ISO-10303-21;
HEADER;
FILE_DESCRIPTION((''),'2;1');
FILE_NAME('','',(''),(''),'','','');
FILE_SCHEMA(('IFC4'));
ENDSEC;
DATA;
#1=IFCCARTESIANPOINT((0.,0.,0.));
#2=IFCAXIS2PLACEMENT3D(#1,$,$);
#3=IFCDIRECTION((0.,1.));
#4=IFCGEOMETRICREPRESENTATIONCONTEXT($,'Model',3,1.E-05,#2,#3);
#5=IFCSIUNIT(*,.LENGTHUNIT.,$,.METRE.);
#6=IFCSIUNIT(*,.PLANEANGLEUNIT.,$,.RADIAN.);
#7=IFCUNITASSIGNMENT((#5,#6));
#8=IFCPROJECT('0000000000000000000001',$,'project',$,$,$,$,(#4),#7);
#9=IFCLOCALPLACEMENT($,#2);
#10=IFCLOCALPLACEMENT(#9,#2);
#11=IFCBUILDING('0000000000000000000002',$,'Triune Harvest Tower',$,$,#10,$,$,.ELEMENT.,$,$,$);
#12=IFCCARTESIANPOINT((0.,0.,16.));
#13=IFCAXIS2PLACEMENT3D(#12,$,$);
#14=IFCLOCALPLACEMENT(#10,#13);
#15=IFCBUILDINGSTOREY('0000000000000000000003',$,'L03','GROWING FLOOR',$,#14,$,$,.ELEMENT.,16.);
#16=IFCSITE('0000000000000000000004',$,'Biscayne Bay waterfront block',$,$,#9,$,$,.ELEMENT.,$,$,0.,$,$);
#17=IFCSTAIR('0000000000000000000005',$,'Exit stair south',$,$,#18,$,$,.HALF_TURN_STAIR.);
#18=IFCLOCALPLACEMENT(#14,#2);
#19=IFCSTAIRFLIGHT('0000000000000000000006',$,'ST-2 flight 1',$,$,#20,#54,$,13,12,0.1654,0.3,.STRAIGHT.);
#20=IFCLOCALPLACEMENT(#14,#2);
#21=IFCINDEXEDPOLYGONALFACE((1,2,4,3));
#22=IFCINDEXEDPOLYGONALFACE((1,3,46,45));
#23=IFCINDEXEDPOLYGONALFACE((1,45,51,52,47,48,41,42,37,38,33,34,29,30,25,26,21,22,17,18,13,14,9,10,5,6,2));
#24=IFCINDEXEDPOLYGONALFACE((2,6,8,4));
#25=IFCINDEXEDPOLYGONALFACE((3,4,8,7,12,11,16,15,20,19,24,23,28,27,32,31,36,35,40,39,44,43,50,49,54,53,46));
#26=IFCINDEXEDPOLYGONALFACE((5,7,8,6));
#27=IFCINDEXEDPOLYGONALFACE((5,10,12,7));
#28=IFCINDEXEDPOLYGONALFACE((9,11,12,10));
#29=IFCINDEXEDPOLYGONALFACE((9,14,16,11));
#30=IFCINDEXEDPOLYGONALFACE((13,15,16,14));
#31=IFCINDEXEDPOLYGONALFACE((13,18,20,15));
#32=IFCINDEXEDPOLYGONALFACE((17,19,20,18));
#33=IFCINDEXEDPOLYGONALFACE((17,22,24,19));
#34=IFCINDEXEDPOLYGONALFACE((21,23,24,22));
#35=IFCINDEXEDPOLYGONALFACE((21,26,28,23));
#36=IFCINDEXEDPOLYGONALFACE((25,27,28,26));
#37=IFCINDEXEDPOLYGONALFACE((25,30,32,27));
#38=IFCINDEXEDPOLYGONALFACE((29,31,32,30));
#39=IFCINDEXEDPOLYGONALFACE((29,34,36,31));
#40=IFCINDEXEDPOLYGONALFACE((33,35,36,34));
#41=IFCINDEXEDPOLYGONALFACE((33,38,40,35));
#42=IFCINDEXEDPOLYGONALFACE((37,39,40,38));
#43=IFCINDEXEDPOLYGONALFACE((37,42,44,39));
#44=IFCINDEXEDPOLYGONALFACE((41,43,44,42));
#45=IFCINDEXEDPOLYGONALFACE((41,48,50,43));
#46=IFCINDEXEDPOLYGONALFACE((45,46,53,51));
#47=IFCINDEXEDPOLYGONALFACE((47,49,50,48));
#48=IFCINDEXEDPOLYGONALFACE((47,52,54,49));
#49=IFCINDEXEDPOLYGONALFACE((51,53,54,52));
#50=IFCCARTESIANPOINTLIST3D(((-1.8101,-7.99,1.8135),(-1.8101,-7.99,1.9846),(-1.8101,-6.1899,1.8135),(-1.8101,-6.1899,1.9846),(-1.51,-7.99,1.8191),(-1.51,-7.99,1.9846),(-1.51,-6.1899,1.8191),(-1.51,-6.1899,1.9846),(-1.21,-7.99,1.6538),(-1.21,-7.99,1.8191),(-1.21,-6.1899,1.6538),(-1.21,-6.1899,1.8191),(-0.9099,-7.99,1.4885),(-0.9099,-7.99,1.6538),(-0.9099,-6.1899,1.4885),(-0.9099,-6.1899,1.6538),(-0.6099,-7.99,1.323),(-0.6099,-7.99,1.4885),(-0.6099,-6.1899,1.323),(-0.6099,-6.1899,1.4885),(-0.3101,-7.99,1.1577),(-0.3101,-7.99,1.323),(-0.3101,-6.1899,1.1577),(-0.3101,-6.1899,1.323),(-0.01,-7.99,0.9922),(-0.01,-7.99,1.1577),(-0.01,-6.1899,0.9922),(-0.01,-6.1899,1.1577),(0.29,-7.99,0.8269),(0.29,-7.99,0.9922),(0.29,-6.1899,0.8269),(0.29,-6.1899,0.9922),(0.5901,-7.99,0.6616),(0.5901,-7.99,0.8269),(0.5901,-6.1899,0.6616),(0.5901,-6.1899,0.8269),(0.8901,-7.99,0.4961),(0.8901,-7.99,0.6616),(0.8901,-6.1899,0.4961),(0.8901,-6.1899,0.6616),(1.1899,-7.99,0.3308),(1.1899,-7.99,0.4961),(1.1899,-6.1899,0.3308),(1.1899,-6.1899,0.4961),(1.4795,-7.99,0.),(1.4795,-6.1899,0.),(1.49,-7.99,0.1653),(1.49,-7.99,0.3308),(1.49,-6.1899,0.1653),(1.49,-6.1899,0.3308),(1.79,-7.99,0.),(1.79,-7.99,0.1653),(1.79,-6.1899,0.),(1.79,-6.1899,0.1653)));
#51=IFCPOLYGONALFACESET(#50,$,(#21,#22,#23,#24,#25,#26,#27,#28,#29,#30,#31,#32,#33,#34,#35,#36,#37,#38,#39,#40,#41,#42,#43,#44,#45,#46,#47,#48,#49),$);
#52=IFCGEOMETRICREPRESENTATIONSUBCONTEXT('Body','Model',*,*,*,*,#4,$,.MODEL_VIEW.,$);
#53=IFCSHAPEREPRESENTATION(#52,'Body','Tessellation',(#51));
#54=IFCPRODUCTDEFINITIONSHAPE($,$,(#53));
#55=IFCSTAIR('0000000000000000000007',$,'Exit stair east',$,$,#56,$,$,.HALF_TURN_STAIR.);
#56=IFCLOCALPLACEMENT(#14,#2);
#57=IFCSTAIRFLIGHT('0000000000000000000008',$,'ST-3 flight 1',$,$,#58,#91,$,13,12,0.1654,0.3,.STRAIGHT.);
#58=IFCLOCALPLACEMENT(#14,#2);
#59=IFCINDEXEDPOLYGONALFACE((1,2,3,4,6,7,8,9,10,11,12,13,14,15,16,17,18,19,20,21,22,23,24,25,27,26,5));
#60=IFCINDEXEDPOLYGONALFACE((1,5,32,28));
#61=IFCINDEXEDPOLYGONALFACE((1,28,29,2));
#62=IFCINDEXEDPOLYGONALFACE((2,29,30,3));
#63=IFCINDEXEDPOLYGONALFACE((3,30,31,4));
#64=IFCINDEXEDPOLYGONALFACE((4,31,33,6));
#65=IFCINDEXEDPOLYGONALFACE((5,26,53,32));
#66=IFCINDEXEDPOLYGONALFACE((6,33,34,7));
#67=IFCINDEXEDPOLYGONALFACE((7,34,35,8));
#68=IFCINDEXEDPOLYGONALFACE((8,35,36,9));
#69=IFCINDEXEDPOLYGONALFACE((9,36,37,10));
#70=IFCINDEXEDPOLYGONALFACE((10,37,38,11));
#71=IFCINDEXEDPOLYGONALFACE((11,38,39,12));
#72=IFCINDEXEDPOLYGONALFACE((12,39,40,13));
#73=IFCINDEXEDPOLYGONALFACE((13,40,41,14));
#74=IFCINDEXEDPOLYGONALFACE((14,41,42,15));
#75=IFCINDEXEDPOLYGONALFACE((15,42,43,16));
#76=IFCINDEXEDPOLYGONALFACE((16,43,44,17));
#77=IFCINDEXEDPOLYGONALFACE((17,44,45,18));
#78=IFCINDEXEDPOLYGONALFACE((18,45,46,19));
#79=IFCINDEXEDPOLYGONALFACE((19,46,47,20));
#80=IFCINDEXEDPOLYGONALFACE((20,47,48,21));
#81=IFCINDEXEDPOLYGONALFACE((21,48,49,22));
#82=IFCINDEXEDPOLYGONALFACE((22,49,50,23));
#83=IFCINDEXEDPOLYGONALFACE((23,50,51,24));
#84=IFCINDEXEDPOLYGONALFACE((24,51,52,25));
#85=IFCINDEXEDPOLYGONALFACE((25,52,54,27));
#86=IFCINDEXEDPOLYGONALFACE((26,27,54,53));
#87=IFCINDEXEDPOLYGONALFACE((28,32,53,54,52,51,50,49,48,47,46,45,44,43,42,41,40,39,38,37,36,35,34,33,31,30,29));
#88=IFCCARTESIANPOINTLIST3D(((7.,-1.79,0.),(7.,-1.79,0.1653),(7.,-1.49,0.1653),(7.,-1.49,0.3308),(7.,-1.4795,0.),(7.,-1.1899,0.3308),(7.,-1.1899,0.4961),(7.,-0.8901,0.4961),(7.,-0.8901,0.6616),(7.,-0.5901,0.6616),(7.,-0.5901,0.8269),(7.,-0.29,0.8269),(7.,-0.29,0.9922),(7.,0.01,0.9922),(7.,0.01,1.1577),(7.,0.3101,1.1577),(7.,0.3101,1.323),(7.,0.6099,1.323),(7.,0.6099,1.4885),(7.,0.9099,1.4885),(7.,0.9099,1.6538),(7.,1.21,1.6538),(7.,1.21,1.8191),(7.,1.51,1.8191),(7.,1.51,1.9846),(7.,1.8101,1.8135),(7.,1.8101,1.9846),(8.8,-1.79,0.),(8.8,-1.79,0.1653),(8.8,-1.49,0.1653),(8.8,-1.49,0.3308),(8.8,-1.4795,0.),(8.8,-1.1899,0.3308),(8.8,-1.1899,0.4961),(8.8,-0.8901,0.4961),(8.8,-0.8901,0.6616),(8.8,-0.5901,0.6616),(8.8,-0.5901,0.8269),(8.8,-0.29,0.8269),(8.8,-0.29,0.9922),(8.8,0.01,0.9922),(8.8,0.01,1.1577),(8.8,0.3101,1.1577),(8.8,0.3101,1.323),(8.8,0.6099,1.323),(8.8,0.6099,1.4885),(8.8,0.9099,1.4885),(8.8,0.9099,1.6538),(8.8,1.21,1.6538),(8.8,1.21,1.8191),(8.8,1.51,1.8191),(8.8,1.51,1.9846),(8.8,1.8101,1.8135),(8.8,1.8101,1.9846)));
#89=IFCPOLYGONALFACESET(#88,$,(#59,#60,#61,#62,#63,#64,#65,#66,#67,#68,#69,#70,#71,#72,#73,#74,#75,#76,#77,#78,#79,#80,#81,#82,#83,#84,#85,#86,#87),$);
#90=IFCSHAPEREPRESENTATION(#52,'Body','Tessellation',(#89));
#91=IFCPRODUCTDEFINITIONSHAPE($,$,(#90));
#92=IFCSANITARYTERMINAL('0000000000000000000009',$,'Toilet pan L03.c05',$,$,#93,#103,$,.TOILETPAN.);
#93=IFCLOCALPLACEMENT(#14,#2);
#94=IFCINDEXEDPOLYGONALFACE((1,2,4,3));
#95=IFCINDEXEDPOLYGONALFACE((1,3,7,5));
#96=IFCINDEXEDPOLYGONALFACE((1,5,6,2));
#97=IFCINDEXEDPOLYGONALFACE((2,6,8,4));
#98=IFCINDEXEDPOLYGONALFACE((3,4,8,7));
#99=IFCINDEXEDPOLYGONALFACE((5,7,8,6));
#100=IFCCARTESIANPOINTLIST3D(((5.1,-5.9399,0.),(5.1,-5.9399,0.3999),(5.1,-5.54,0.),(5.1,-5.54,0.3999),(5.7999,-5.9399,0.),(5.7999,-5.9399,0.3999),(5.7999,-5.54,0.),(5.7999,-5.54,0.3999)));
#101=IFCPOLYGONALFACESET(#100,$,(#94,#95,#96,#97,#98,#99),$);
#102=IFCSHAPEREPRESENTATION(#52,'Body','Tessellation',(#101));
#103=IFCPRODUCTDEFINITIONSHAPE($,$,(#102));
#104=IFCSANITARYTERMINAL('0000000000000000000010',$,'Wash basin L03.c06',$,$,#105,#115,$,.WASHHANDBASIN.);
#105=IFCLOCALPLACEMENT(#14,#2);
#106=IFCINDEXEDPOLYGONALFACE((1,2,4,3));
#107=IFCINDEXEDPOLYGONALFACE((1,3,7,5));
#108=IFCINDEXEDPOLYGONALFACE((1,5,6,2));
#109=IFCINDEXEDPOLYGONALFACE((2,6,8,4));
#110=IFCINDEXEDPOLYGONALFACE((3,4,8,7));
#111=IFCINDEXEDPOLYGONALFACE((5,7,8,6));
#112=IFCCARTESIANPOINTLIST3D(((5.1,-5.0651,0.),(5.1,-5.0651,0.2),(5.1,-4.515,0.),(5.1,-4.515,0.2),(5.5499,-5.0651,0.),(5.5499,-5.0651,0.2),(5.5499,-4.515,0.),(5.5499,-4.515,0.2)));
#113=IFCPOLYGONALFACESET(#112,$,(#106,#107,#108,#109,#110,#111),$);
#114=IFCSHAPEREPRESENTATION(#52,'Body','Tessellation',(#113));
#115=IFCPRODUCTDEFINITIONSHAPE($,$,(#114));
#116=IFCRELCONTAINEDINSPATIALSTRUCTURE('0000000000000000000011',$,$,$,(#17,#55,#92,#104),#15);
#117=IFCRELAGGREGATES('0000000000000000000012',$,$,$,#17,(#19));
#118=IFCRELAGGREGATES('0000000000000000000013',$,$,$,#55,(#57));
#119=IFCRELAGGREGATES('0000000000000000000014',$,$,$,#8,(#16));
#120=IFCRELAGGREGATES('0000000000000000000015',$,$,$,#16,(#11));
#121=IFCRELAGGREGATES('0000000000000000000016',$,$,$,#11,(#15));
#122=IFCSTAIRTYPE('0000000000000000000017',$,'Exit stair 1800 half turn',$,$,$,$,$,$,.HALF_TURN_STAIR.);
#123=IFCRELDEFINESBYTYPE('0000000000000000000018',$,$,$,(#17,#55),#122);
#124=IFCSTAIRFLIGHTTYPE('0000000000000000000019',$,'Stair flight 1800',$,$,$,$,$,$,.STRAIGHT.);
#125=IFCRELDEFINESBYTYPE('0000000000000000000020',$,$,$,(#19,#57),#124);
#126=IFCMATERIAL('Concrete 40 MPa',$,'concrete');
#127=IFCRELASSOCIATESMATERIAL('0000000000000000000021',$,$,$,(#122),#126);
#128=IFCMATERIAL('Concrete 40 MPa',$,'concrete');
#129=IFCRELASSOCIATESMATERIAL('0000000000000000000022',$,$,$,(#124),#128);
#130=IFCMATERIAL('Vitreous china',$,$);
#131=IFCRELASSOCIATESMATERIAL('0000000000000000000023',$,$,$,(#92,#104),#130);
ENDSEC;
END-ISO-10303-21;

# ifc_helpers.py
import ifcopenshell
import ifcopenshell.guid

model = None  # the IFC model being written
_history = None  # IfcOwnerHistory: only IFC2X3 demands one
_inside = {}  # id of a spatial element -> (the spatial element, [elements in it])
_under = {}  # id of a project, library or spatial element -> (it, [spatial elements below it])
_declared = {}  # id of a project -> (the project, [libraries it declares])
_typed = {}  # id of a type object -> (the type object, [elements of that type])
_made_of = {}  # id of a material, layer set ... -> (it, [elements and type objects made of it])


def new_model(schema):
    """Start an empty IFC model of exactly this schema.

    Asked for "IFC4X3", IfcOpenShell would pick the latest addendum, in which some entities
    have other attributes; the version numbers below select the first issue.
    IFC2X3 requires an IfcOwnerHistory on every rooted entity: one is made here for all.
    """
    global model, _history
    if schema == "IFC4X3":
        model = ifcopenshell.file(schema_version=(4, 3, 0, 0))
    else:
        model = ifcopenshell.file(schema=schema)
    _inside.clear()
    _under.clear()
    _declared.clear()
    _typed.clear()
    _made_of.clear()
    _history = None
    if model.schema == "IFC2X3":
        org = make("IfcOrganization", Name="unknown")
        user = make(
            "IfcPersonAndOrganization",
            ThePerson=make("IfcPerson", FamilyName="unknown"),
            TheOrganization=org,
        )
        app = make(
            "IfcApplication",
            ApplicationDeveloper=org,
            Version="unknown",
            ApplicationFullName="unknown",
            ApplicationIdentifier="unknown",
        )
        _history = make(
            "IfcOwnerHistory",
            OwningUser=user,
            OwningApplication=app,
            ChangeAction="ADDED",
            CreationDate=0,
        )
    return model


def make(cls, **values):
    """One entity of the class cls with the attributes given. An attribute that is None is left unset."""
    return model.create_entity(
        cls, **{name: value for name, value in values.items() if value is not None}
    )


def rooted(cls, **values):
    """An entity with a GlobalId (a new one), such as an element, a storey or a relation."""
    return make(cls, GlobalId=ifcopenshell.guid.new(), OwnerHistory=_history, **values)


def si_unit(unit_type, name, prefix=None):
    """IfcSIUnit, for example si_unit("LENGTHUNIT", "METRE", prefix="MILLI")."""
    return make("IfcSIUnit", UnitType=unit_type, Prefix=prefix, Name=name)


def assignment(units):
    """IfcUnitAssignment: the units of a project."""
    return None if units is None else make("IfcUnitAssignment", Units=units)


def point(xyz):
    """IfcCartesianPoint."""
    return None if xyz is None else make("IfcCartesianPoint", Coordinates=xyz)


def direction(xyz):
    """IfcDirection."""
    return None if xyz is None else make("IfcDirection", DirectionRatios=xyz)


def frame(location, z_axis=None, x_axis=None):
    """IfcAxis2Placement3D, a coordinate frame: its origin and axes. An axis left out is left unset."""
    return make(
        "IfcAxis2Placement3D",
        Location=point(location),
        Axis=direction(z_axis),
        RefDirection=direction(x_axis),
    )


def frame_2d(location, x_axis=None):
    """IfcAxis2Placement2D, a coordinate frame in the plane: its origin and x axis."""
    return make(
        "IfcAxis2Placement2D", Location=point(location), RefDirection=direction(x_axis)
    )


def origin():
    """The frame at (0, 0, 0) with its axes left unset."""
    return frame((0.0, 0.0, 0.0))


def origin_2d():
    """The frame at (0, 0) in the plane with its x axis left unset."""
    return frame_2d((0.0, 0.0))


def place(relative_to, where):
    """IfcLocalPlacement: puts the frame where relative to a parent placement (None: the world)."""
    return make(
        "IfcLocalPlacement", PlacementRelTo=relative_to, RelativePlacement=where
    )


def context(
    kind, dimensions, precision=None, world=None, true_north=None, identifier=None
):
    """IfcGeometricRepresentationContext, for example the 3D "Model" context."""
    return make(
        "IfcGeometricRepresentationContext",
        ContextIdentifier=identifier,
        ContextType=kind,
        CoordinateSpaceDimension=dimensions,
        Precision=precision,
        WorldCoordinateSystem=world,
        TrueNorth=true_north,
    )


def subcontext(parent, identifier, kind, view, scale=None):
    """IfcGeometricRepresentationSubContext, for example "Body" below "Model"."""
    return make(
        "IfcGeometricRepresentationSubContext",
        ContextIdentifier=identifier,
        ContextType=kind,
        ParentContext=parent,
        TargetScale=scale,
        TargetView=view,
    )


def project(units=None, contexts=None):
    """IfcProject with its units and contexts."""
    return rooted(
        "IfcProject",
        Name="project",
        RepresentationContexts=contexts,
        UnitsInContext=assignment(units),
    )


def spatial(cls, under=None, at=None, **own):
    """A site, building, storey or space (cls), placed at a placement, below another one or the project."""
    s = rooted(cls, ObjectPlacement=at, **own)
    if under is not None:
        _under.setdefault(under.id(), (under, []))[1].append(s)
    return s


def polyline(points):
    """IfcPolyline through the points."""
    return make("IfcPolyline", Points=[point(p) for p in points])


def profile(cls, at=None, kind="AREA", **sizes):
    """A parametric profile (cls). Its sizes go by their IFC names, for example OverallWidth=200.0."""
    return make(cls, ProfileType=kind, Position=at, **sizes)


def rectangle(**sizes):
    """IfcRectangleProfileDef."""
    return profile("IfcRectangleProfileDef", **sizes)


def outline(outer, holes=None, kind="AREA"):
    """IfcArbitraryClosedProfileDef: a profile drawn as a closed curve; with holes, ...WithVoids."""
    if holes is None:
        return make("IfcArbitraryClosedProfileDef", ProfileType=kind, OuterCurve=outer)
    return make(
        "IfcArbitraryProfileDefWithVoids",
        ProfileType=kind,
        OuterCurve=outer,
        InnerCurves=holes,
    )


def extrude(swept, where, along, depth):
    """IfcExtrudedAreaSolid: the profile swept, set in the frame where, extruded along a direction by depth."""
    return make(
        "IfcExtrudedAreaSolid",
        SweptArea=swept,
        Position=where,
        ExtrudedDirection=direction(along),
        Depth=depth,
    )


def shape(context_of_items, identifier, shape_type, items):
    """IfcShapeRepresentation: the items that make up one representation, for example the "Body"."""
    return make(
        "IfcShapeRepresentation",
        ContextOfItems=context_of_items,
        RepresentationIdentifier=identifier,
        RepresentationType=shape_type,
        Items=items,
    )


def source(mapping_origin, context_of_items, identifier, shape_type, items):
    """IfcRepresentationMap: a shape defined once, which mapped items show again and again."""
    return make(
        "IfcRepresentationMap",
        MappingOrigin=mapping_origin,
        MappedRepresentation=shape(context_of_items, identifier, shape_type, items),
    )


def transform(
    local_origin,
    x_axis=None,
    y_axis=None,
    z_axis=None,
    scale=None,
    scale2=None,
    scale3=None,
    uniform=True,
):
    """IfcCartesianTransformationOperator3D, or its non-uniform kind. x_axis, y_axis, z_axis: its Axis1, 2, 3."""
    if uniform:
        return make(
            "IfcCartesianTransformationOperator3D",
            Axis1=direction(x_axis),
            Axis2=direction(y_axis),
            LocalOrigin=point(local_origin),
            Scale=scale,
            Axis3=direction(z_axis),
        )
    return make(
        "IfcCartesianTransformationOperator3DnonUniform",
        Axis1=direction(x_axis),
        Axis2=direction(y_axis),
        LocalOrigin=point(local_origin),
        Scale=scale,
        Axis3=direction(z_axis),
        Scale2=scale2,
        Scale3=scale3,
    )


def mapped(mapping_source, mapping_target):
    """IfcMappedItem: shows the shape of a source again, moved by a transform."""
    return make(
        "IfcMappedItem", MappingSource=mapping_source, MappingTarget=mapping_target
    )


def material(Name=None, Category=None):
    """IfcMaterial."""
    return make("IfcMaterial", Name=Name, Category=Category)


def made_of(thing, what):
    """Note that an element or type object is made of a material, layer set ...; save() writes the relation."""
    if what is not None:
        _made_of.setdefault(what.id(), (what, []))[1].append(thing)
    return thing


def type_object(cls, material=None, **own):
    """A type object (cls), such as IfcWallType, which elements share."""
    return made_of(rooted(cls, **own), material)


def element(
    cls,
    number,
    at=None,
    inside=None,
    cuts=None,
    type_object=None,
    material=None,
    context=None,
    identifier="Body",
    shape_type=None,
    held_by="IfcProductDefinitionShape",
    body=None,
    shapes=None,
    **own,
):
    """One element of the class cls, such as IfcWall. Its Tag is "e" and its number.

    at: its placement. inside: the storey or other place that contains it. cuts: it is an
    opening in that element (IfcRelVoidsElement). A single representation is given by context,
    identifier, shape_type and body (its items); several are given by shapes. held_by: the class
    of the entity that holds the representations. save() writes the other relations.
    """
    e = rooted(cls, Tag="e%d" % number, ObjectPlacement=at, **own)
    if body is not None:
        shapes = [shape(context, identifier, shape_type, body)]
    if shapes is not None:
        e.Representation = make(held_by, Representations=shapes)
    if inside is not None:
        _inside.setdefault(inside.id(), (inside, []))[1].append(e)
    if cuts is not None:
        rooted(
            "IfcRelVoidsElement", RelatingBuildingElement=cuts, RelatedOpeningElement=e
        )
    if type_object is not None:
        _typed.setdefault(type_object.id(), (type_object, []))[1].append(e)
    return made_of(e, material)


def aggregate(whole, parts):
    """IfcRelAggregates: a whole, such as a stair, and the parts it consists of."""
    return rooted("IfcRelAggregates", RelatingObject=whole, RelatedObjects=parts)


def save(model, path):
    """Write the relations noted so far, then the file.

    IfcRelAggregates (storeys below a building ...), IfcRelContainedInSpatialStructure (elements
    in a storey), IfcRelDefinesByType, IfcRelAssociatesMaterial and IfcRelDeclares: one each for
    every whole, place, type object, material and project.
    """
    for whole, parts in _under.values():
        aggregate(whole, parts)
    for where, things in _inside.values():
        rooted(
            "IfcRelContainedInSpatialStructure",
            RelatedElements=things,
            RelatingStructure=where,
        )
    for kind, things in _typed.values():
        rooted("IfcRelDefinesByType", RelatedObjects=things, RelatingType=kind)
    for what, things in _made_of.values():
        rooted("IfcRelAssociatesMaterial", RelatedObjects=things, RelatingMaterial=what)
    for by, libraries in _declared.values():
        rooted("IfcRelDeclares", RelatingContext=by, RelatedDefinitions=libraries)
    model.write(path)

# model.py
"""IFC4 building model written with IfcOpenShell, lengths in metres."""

from ifc_helpers import new_model, si_unit, direction, frame, origin, origin_2d, place, context, subcontext, project, spatial, polyline, rectangle, outline, extrude, source, transform, mapped, material, type_object, element, aggregate, save


model = new_model("IFC4")

# Units and contexts
model_context = context("Model", 3, precision=1e-05, world=origin(), true_north=direction((0.0, 1.0)))
body_context = subcontext(model_context, "Body", "Model", "MODEL_VIEW")
ifc_project = project(units=[si_unit("LENGTHUNIT", "METRE"), si_unit("PLANEANGLEUNIT", "RADIAN")], contexts=[model_context])

# Site, building, storey
site_placement = place(None, origin())
site = spatial("IfcSite", under=ifc_project, at=site_placement, Name="Biscayne Bay waterfront block", CompositionType="ELEMENT", RefElevation=0.0)
building_placement = place(site_placement, origin())
building = spatial("IfcBuilding", under=site, at=building_placement, Name="Triune Harvest Tower", CompositionType="ELEMENT")
storey_placement = place(building_placement, frame((0.0, 0.0, 16.0)))
storey = spatial("IfcBuildingStorey", under=building, at=storey_placement, Name="L03", Description="GROWING FLOOR", CompositionType="ELEMENT", Elevation=16.0)

# Stairs, stair flights
ifc_material_1 = material(Name="Concrete 40 MPa", Category="concrete")
stair_type = type_object("IfcStairType", Name="Exit stair 1800 half turn", PredefinedType="HALF_TURN_STAIR", material=ifc_material_1)
stair_1_placement = place(storey_placement, origin())
stair_1 = element("IfcStair", 1, at=stair_1_placement, inside=storey, type_object=stair_type, Name="Exit stair south", PredefinedType="HALF_TURN_STAIR")
ifc_material_2 = material(Name="Concrete 40 MPa", Category="concrete")
stair_flight_type = type_object("IfcStairFlightType", Name="Stair flight 1800", PredefinedType="STRAIGHT", material=ifc_material_2)
shared_shape_1 = source(origin(), body_context, "Body", "SweptSolid", [
    extrude(outline(polyline([(0.0, 0.0), (0.0, 0.1653), (0.3, 0.1653), (0.3, 0.3308), (0.6001, 0.3308), (0.6001, 0.4961), (0.8999, 0.4961), (0.8999, 0.6616), (1.2, 0.6616), (1.2, 0.8269), (1.5, 0.8269), (1.5, 0.9922), (1.8, 0.9922), (1.8, 1.1577), (2.1001, 1.1577), (2.1001, 1.323), (2.3999, 1.323), (2.3999, 1.4885), (2.7, 1.4885), (2.7, 1.6538), (3.0, 1.6538), (3.0, 1.8191), (3.3, 1.8191), (3.3, 1.9846), (3.6001, 1.9846), (3.6001, 2.1499), (3.6001, 1.8135), (0.3105, 0.0), (0.0, 0.0)])), frame((0.0, 0.8999, 0.0), z_axis=(0.0, -1.0, 0.0), x_axis=(1.0, 0.0, 0.0)), (0.0, 0.0, 1.0), 1.8),
])
stair_flight_1_placement = place(storey_placement, frame((1.79, -7.0901, 0.0), z_axis=(0.0, 0.0, 1.0), x_axis=(-1.0, 0.0, 0.0)))
stair_flight_1 = element("IfcStairFlight", 2, at=stair_flight_1_placement, type_object=stair_flight_type, Name="ST-2 flight 1", NumberOfRisers=13, NumberOfTreads=12, PredefinedType="STRAIGHT", RiserHeight=0.1654, TreadLength=0.3, context=body_context, shape_type="MappedRepresentation", body=[
    mapped(shared_shape_1, transform((0.0, 0.0, 0.0), scale=1.0)),
])
aggregate(stair_1, [stair_flight_1])
stair_2_placement = place(storey_placement, origin())
stair_2 = element("IfcStair", 3, at=stair_2_placement, inside=storey, type_object=stair_type, Name="Exit stair east", PredefinedType="HALF_TURN_STAIR")
stair_flight_2_placement = place(storey_placement, frame((7.8999, -1.79, 0.0), z_axis=(0.0, 0.0, 1.0), x_axis=(0.0, 1.0, 0.0)))
stair_flight_2 = element("IfcStairFlight", 4, at=stair_flight_2_placement, type_object=stair_flight_type, Name="ST-3 flight 1", NumberOfRisers=13, NumberOfTreads=12, PredefinedType="STRAIGHT", RiserHeight=0.1654, TreadLength=0.3, context=body_context, shape_type="MappedRepresentation", body=[
    mapped(shared_shape_1, transform((0.0, 0.0, 0.0), scale=1.0)),
])
aggregate(stair_2, [stair_flight_2])

# Sanitary terminals
ifc_material_3 = material(Name="Vitreous china")
shared_shape_2 = source(origin(), body_context, "Body", "SweptSolid", [
    extrude(rectangle(XDim=0.3999, YDim=0.7, at=origin_2d()), origin(), (0.0, 0.0, 1.0), 0.3999),
])
sanitary_terminal_1_placement = place(storey_placement, frame((5.45, -5.74, 0.0), z_axis=(0.0, 0.0, 1.0), x_axis=(0.0, 1.0, 0.0)))
element("IfcSanitaryTerminal", 5, at=sanitary_terminal_1_placement, inside=storey, material=ifc_material_3, Name="Toilet pan L03.c05", PredefinedType="TOILETPAN", context=body_context, shape_type="MappedRepresentation", body=[
    mapped(shared_shape_2, transform((0.0, 0.0, 0.0), scale=1.0)),
])
shared_shape_3 = source(origin(), body_context, "Body", "SweptSolid", [
    extrude(rectangle(XDim=0.55, YDim=0.45, at=origin_2d()), origin(), (0.0, 0.0, 1.0), 0.2),
])
sanitary_terminal_2_placement = place(storey_placement, frame((5.325, -4.79, 0.0), z_axis=(0.0, 0.0, 1.0), x_axis=(0.0, 1.0, 0.0)))
element("IfcSanitaryTerminal", 6, at=sanitary_terminal_2_placement, inside=storey, material=ifc_material_3, Name="Wash basin L03.c06", PredefinedType="WASHHANDBASIN", context=body_context, shape_type="MappedRepresentation", body=[
    mapped(shared_shape_3, transform((0.0, 0.0, 0.0), scale=1.0)),
])

save(model, "model.ifc")
